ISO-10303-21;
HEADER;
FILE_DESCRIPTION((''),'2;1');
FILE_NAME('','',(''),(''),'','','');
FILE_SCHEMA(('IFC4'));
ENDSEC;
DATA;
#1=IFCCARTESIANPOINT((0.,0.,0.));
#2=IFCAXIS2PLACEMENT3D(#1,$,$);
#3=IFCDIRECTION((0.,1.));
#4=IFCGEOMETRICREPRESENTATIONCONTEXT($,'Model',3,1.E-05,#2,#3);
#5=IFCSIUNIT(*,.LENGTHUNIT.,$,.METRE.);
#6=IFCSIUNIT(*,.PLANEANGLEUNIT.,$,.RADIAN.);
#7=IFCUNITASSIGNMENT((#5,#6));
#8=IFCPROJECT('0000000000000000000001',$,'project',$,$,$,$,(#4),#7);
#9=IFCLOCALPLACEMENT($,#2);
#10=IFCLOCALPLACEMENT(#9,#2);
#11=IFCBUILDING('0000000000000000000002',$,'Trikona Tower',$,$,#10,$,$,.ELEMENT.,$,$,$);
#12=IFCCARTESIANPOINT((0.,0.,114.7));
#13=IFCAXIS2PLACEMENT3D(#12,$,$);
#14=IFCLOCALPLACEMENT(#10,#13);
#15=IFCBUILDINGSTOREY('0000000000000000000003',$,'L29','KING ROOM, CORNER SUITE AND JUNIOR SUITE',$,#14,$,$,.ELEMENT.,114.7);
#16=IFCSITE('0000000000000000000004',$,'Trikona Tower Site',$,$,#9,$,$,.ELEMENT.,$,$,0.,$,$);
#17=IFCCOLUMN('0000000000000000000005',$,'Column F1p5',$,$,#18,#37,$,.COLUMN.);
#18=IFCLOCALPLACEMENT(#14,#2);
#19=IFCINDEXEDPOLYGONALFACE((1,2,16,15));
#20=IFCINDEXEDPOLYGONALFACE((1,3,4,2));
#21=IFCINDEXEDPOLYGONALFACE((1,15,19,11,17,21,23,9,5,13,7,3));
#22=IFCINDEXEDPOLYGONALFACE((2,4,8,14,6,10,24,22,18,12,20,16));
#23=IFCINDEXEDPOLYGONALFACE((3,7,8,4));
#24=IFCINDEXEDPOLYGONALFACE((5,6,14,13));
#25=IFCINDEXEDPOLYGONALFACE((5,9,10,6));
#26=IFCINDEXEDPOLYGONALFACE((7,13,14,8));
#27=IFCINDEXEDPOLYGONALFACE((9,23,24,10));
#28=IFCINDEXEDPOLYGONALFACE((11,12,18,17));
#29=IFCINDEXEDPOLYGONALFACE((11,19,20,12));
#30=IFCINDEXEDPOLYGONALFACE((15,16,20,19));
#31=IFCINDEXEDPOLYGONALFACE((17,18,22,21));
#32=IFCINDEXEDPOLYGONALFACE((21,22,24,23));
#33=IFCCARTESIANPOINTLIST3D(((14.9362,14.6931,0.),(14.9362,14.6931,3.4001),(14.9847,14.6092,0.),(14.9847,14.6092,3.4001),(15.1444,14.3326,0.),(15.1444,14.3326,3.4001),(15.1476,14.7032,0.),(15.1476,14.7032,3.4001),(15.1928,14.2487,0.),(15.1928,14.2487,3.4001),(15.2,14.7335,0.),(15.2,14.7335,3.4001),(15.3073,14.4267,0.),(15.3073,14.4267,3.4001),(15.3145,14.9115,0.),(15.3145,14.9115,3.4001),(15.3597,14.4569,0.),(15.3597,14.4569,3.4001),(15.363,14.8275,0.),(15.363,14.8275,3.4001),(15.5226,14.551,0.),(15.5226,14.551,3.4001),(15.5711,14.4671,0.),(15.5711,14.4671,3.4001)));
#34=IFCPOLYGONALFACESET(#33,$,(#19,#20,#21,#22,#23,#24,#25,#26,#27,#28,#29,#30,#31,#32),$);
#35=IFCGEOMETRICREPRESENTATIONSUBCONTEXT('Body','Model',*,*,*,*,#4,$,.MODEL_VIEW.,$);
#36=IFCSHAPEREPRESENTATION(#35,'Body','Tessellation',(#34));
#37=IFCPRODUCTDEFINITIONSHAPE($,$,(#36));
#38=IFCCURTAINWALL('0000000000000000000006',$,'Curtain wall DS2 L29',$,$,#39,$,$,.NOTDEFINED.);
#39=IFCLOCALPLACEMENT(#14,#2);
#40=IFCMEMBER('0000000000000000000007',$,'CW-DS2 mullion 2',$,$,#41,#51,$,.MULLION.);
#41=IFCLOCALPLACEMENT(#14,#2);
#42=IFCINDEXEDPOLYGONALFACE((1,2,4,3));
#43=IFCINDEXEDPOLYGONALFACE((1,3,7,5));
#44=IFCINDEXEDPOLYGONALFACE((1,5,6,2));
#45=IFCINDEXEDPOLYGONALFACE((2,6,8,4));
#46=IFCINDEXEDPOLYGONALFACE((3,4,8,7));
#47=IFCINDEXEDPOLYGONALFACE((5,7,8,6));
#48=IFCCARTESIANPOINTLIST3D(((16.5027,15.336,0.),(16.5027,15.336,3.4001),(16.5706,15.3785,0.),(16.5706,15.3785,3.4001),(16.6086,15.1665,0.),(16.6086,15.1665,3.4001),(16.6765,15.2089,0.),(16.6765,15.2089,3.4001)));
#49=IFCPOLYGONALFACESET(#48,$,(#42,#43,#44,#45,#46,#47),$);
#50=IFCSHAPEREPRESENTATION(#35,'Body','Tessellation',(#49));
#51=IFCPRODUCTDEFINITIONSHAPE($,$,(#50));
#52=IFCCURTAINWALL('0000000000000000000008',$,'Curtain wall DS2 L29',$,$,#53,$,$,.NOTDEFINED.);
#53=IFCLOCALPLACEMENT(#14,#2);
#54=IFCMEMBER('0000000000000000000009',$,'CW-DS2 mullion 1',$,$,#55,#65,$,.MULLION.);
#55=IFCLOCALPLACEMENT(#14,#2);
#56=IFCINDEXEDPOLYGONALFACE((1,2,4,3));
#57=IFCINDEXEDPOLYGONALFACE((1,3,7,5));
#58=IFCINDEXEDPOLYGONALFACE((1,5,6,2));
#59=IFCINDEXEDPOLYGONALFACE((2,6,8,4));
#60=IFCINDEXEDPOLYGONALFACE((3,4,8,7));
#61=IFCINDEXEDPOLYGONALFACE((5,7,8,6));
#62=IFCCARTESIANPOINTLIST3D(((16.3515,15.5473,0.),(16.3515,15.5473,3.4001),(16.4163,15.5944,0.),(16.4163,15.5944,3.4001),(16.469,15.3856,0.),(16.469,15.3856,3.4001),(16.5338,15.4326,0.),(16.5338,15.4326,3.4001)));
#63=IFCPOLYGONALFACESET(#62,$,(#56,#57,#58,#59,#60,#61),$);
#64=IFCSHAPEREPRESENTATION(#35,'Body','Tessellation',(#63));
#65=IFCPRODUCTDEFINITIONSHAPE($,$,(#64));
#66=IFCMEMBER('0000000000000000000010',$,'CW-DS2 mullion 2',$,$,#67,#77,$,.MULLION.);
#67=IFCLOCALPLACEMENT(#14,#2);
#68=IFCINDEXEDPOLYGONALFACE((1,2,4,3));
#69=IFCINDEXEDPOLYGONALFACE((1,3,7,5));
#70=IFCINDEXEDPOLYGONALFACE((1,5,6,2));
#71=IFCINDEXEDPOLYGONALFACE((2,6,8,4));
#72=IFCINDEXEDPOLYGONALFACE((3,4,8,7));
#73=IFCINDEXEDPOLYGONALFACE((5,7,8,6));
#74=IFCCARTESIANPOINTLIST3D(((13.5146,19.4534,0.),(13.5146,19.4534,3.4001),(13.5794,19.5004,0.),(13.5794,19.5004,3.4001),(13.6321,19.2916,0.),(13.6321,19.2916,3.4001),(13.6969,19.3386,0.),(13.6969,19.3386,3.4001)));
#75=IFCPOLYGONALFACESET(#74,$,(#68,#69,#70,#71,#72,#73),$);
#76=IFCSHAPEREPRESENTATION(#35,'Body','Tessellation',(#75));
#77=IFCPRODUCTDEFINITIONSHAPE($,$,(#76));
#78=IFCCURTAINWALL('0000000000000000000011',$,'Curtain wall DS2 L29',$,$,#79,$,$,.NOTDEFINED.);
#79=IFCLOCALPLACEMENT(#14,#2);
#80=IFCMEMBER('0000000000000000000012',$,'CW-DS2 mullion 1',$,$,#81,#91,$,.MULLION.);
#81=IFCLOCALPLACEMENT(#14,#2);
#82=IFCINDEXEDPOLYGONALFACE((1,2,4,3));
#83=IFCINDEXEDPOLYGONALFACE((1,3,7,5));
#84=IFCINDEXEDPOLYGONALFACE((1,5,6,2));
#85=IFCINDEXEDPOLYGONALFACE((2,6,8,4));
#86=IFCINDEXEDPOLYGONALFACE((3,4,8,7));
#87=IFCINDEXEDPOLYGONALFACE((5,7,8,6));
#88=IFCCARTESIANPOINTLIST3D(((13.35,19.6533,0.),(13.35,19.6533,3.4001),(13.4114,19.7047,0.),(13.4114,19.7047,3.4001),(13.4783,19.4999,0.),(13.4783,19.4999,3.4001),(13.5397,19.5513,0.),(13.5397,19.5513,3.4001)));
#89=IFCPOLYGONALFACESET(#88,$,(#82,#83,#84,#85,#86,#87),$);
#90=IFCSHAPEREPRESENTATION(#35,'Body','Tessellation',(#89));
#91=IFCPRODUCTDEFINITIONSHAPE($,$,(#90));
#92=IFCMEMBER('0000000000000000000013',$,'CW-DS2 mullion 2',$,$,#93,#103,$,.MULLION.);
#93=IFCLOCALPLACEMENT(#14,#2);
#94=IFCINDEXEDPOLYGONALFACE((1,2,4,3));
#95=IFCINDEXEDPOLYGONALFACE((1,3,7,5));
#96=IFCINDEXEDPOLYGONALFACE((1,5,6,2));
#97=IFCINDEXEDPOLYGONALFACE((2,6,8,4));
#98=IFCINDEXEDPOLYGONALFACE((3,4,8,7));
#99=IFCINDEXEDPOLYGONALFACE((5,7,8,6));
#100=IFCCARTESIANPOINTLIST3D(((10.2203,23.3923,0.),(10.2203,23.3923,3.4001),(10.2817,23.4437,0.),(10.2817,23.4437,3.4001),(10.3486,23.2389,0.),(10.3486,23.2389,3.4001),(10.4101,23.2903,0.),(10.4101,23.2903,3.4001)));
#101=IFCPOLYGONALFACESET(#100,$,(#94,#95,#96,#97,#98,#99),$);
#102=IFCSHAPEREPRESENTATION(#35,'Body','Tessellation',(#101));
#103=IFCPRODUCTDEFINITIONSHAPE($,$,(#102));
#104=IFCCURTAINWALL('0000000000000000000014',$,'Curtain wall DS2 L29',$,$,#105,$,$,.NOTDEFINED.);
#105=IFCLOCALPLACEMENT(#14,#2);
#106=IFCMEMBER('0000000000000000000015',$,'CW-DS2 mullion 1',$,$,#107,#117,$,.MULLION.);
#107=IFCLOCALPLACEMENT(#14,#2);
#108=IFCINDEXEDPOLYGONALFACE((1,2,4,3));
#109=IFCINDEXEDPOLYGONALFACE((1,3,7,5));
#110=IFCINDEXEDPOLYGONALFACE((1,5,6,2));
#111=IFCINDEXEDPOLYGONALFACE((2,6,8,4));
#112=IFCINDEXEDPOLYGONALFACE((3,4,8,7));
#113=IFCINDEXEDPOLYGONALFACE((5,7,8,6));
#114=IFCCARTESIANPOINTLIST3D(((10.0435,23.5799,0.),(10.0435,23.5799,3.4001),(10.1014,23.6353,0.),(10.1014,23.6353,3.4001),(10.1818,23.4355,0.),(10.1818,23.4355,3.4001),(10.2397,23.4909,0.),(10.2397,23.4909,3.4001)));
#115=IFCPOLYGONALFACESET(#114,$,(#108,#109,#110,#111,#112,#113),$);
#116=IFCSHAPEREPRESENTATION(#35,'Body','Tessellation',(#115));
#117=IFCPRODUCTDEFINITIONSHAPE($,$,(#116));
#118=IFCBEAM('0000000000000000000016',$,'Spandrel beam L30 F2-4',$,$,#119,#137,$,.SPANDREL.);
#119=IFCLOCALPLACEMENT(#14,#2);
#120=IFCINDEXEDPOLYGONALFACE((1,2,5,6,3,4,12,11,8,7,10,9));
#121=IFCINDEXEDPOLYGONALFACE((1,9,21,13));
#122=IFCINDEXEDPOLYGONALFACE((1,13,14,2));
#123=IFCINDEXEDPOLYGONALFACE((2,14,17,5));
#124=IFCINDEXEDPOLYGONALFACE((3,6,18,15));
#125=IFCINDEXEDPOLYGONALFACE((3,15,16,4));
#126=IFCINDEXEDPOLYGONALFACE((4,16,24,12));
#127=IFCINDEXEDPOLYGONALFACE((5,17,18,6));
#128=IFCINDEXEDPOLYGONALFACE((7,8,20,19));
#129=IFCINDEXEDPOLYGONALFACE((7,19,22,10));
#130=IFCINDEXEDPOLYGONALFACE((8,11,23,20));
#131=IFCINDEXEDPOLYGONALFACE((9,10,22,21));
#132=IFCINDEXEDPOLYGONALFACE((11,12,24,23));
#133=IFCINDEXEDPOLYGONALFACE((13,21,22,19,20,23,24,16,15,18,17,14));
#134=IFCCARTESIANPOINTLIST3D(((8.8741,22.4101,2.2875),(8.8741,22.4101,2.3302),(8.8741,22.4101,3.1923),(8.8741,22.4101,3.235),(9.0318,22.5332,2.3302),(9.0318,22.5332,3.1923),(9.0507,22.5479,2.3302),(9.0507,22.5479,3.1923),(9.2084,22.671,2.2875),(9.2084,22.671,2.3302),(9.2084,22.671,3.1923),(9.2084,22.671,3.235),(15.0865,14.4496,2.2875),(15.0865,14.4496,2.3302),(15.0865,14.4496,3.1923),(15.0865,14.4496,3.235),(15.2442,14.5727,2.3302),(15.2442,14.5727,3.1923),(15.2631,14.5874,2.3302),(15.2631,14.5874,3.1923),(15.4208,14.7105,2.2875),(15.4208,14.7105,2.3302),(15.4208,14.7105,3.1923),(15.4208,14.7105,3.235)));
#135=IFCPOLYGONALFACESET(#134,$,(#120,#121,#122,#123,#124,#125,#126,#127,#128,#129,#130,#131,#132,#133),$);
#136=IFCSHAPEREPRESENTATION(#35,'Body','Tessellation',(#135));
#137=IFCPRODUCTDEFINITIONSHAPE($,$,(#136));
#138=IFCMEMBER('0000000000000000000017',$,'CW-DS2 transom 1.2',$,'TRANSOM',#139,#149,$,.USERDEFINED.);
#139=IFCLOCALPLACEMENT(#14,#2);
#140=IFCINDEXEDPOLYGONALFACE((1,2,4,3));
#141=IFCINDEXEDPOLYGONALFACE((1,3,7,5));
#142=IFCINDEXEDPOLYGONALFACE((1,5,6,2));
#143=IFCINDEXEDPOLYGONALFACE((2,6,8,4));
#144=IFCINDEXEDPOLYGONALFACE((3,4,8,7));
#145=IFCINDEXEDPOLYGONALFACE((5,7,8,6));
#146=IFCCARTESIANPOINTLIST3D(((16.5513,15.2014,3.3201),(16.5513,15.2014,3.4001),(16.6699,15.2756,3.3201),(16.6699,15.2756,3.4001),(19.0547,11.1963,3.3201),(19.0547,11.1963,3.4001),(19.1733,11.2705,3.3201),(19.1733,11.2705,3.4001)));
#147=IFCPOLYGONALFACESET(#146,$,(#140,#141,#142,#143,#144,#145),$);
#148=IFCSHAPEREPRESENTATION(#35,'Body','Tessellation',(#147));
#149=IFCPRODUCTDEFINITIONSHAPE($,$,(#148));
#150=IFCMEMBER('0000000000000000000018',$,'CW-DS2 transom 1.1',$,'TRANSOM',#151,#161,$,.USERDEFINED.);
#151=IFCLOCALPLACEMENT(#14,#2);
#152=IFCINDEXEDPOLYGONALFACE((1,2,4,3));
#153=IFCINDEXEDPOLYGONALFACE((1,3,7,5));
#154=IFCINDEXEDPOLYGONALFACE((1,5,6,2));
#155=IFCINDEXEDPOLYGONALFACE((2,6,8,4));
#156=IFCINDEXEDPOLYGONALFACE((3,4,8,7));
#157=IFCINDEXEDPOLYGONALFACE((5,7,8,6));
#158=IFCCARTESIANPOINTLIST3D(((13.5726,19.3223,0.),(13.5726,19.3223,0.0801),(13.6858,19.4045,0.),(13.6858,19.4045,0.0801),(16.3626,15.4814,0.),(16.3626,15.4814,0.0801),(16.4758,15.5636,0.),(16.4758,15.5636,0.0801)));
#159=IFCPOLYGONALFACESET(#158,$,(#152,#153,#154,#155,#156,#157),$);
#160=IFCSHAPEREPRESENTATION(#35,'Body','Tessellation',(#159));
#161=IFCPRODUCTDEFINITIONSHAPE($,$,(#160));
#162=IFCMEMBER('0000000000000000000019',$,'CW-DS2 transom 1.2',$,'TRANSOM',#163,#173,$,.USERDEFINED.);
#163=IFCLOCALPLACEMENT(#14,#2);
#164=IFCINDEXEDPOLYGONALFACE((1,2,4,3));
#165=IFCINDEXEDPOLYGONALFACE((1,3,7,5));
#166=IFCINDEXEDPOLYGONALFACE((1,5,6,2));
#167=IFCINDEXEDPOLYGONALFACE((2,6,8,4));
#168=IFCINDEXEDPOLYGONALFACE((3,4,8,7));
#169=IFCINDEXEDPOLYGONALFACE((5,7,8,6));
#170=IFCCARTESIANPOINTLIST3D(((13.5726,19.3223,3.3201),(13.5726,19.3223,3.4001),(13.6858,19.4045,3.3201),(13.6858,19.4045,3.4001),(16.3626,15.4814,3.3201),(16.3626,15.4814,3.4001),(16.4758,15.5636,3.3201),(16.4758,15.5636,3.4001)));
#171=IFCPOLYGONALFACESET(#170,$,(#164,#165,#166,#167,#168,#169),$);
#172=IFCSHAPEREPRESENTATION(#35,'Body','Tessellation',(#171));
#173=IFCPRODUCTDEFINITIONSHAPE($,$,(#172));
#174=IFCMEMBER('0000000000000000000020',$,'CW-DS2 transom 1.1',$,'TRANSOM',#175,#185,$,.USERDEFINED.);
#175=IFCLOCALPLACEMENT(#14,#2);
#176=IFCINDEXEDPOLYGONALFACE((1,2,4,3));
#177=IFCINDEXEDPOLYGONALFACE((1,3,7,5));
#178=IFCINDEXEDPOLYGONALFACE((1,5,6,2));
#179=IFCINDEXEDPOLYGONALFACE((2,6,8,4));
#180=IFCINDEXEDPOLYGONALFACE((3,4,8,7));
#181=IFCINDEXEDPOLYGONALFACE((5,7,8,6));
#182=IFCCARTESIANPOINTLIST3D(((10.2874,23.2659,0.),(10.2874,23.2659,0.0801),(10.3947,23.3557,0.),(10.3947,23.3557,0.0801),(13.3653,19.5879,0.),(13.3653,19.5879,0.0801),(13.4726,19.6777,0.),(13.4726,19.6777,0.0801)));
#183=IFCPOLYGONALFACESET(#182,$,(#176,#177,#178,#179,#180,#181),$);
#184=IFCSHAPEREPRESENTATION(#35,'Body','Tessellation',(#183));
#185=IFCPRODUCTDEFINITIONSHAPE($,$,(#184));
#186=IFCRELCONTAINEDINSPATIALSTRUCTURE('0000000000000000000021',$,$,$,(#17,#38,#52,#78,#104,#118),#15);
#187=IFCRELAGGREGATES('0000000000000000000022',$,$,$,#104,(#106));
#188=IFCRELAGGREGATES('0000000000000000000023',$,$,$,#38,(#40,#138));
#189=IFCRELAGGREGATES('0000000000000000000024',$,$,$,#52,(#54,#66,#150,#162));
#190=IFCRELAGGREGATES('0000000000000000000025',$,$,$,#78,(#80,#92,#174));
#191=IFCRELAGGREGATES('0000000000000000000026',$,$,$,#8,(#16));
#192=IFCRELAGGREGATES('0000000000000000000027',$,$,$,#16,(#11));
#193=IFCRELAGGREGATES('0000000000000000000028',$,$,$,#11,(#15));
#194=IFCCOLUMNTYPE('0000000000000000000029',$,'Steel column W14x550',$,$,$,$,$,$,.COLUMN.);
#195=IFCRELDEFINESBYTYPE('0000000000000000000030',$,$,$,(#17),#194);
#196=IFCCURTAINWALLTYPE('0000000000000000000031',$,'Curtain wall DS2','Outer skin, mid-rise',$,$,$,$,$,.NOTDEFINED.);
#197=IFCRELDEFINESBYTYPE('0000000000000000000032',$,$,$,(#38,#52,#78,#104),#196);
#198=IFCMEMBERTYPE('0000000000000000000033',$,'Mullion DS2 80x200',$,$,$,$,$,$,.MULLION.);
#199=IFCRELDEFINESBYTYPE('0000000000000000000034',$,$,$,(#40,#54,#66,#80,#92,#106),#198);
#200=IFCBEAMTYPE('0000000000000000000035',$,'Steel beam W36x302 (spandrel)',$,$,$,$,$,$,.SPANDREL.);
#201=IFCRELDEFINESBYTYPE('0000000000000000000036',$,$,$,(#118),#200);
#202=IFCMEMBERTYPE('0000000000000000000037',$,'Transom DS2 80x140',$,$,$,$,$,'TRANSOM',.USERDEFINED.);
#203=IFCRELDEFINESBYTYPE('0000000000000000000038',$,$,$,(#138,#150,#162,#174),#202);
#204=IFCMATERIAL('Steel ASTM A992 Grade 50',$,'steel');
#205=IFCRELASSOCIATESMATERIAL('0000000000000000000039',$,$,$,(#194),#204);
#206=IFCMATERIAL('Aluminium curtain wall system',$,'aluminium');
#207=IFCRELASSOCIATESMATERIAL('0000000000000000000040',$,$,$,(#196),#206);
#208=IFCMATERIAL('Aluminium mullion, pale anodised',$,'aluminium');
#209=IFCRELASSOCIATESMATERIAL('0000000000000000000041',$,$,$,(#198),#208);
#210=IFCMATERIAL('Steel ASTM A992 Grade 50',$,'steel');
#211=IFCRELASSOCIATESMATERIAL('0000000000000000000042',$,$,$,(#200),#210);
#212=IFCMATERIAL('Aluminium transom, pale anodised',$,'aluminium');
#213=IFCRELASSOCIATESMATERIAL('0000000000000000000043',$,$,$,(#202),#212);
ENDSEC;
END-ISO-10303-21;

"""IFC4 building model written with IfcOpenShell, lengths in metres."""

from ifc_helpers import new_model, si_unit, direction, frame, origin, origin_2d, place, context, subcontext, project, spatial, rectangle, i_section, extrude, material, material_profile, profile_set, type_object, element, aggregate, save


model = new_model("IFC4")

# Units and contexts
model_context = context("Model", 3, precision=1e-05, world=origin(), true_north=direction((0.0, 1.0)))
body_context = subcontext(model_context, "Body", "Model", "MODEL_VIEW")
ifc_project = project(units=[si_unit("LENGTHUNIT", "METRE"), si_unit("PLANEANGLEUNIT", "RADIAN")], contexts=[model_context])

# Site, building, storey
site_placement = place(None, origin())
site = spatial("IfcSite", under=ifc_project, at=site_placement, Name="Trikona Tower Site", CompositionType="ELEMENT", RefElevation=0.0)
building_placement = place(site_placement, origin())
building = spatial("IfcBuilding", under=site, at=building_placement, Name="Trikona Tower", CompositionType="ELEMENT")
storey_placement = place(building_placement, frame((0.0, 0.0, 114.7)))
storey = spatial("IfcBuildingStorey", under=building, at=storey_placement, Name="L29", Description="KING ROOM, CORNER SUITE AND JUNIOR SUITE", CompositionType="ELEMENT", Elevation=114.7)

# Column
ifc_material_1 = material(Name="Steel ASTM A992 Grade 50", Category="steel")
ifc_material_profile_1 = material_profile(ifc_material_1, i_section(OverallWidth=0.4368, OverallDepth=0.5132, WebThickness=0.0605, FlangeThickness=0.0969, at=origin_2d()), Name="W14X550")
ifc_profile_set_1 = profile_set([ifc_material_profile_1], Name="Steel ASTM A992 Grade 50")
column_type = type_object("IfcColumnType", Name="Steel column W14x550", PredefinedType="COLUMN", material=ifc_profile_set_1)
column_placement = place(storey_placement, frame((15.2537, 14.5801, 0.0), z_axis=(0.0, 0.0, 1.0), x_axis=(0.866025, 0.5, 0.0)))
element("IfcColumn", 1, at=column_placement, inside=storey, type_object=column_type, Name="Column F1p5", PredefinedType="COLUMN", context=body_context, shape_type="SweptSolid", body=[
    extrude(i_section(OverallWidth=0.4368, OverallDepth=0.5132, WebThickness=0.0605, FlangeThickness=0.0969, at=origin_2d()), origin(), (0.0, 0.0, 1.0), 3.4001),
])

# Curtain wall, member
ifc_material_2 = material(Name="Aluminium curtain wall system", Category="aluminium")
curtain_wall_type = type_object("IfcCurtainWallType", Name="Curtain wall DS2", Description="Outer skin, mid-rise", PredefinedType="NOTDEFINED", material=ifc_material_2)
curtain_wall_1_placement = place(storey_placement, origin())
curtain_wall_1 = element("IfcCurtainWall", 2, at=curtain_wall_1_placement, inside=storey, type_object=curtain_wall_type, Name="Curtain wall DS2 L29", PredefinedType="NOTDEFINED")
ifc_material_3 = material(Name="Aluminium mullion, pale anodised", Category="aluminium")
ifc_material_profile_2 = material_profile(ifc_material_3, rectangle(XDim=0.0801, YDim=0.2, at=origin_2d()), Name="MUL-DS2")
ifc_profile_set_2 = profile_set([ifc_material_profile_2], Name="Aluminium mullion, pale anodised")
member_type_1 = type_object("IfcMemberType", Name="Mullion DS2 80x200", PredefinedType="MULLION", material=ifc_profile_set_2)
member_1_placement = place(storey_placement, frame((16.5896, 15.2725, 0.0), z_axis=(0.0, 0.0, 1.0), x_axis=(-0.847998, -0.529999, 0.0)))
member_1 = element("IfcMember", 3, at=member_1_placement, type_object=member_type_1, Name="CW-DS2 mullion 2", PredefinedType="MULLION", context=body_context, shape_type="SweptSolid", body=[
    extrude(rectangle(XDim=0.0801, YDim=0.2, at=origin_2d()), origin(), (0.0, 0.0, 1.0), 3.4001),
])

# Curtain walls, members
curtain_wall_2_placement = place(storey_placement, origin())
curtain_wall_2 = element("IfcCurtainWall", 4, at=curtain_wall_2_placement, inside=storey, type_object=curtain_wall_type, Name="Curtain wall DS2 L29", PredefinedType="NOTDEFINED")
member_2_placement = place(storey_placement, frame((16.4426, 15.49, 0.0), z_axis=(0.0, 0.0, 1.0), x_axis=(-0.809086, -0.587691, 0.0)))
member_2 = element("IfcMember", 5, at=member_2_placement, type_object=member_type_1, Name="CW-DS2 mullion 1", PredefinedType="MULLION", context=body_context, shape_type="SweptSolid", body=[
    extrude(rectangle(XDim=0.0801, YDim=0.2, at=origin_2d()), origin(), (0.0, 0.0, 1.0), 3.4001),
])
member_3_placement = place(storey_placement, frame((13.6057, 19.396, 0.0), z_axis=(0.0, 0.0, 1.0), x_axis=(-0.809086, -0.587691, 0.0)))
member_3 = element("IfcMember", 6, at=member_3_placement, type_object=member_type_1, Name="CW-DS2 mullion 2", PredefinedType="MULLION", context=body_context, shape_type="SweptSolid", body=[
    extrude(rectangle(XDim=0.0801, YDim=0.2, at=origin_2d()), origin(), (0.0, 0.0, 1.0), 3.4001),
])
curtain_wall_3_placement = place(storey_placement, origin())
curtain_wall_3 = element("IfcCurtainWall", 7, at=curtain_wall_3_placement, inside=storey, type_object=curtain_wall_type, Name="Curtain wall DS2 L29", PredefinedType="NOTDEFINED")
member_4_placement = place(storey_placement, frame((13.4448, 19.6023, 0.0), z_axis=(0.0, 0.0, 1.0), x_axis=(-0.766867, -0.641806, 0.0)))
member_4 = element("IfcMember", 8, at=member_4_placement, type_object=member_type_1, Name="CW-DS2 mullion 1", PredefinedType="MULLION", context=body_context, shape_type="SweptSolid", body=[
    extrude(rectangle(XDim=0.0801, YDim=0.2, at=origin_2d()), origin(), (0.0, 0.0, 1.0), 3.4001),
])
member_5_placement = place(storey_placement, frame((10.3152, 23.3413, 0.0), z_axis=(0.0, 0.0, 1.0), x_axis=(-0.766867, -0.641806, 0.0)))
member_5 = element("IfcMember", 9, at=member_5_placement, type_object=member_type_1, Name="CW-DS2 mullion 2", PredefinedType="MULLION", context=body_context, shape_type="SweptSolid", body=[
    extrude(rectangle(XDim=0.0801, YDim=0.2, at=origin_2d()), origin(), (0.0, 0.0, 1.0), 3.4001),
])

# Curtain wall, member
curtain_wall_4_placement = place(storey_placement, origin())
curtain_wall_4 = element("IfcCurtainWall", 10, at=curtain_wall_4_placement, inside=storey, type_object=curtain_wall_type, Name="Curtain wall DS2 L29", PredefinedType="NOTDEFINED")
member_6_placement = place(storey_placement, frame((10.1416, 23.5354, 0.0), z_axis=(0.0, 0.0, 1.0), x_axis=(-0.722158, -0.691728, 0.0)))
member_6 = element("IfcMember", 11, at=member_6_placement, type_object=member_type_1, Name="CW-DS2 mullion 1", PredefinedType="MULLION", context=body_context, shape_type="SweptSolid", body=[
    extrude(rectangle(XDim=0.0801, YDim=0.2, at=origin_2d()), origin(), (0.0, 0.0, 1.0), 3.4001),
])
aggregate(curtain_wall_4, [member_6])

# Beam
ifc_material_4 = material(Name="Steel ASTM A992 Grade 50", Category="steel")
ifc_material_profile_3 = material_profile(ifc_material_4, i_section(OverallWidth=0.4241, OverallDepth=0.9475, WebThickness=0.0239, FlangeThickness=0.0427, at=origin_2d()), Name="W36X302")
ifc_profile_set_3 = profile_set([ifc_material_profile_3], Name="Steel ASTM A992 Grade 50")
beam_type = type_object("IfcBeamType", Name="Steel beam W36x302 (spandrel)", PredefinedType="SPANDREL", material=ifc_profile_set_3)
beam_placement = place(storey_placement, frame((15.2537, 14.5801, 2.7612), z_axis=(-0.615232, 0.788346, 0.0), x_axis=(-0.788346, -0.615232, 0.0)))
element("IfcBeam", 12, at=beam_placement, inside=storey, type_object=beam_type, Name="Spandrel beam L30 F2-4", PredefinedType="SPANDREL", context=body_context, shape_type="SweptSolid", body=[
    extrude(i_section(OverallWidth=0.4241, OverallDepth=0.9475, WebThickness=0.0239, FlangeThickness=0.0427, at=origin_2d()), origin(), (0.0, 0.0, 1.0), 10.0977),
])

# Members
ifc_material_5 = material(Name="Aluminium transom, pale anodised", Category="aluminium")
ifc_material_profile_4 = material_profile(ifc_material_5, rectangle(XDim=0.1399, YDim=0.0801, at=origin_2d()), Name="TRN-DS2")
ifc_profile_set_4 = profile_set([ifc_material_profile_4], Name="Aluminium transom, pale anodised")
member_type_2 = type_object("IfcMemberType", Name="Transom DS2 80x140", ElementType="TRANSOM", PredefinedType="USERDEFINED", material=ifc_profile_set_4)
member_7_placement = place(storey_placement, frame((19.114, 11.2334, 3.3601), z_axis=(-0.530031, 0.847978, 0.0), x_axis=(-0.847978, -0.530031, 0.0)))
member_7 = element("IfcMember", 13, at=member_7_placement, type_object=member_type_2, Name="CW-DS2 transom 1.2", ObjectType="TRANSOM", PredefinedType="USERDEFINED", context=body_context, shape_type="SweptSolid", body=[
    extrude(rectangle(XDim=0.1399, YDim=0.0801, at=origin_2d()), origin(), (0.0, 0.0, 1.0), 4.7231),
])
member_8_placement = place(storey_placement, frame((16.4192, 15.5225, 0.04), z_axis=(-0.587695, 0.809083, 0.0), x_axis=(-0.809083, -0.587695, 0.0)))
member_8 = element("IfcMember", 14, at=member_8_placement, type_object=member_type_2, Name="CW-DS2 transom 1.1", ObjectType="TRANSOM", PredefinedType="USERDEFINED", context=body_context, shape_type="SweptSolid", body=[
    extrude(rectangle(XDim=0.1399, YDim=0.0801, at=origin_2d()), origin(), (0.0, 0.0, 1.0), 4.7473),
])
member_9_placement = place(storey_placement, frame((16.4192, 15.5225, 3.3601), z_axis=(-0.587695, 0.809083, 0.0), x_axis=(-0.809083, -0.587695, 0.0)))
member_9 = element("IfcMember", 15, at=member_9_placement, type_object=member_type_2, Name="CW-DS2 transom 1.2", ObjectType="TRANSOM", PredefinedType="USERDEFINED", context=body_context, shape_type="SweptSolid", body=[
    extrude(rectangle(XDim=0.1399, YDim=0.0801, at=origin_2d()), origin(), (0.0, 0.0, 1.0), 4.7473),
])
member_10_placement = place(storey_placement, frame((13.4189, 19.6328, 0.04), z_axis=(-0.64177, 0.766897, 0.0), x_axis=(-0.766897, -0.64177, 0.0)))
member_10 = element("IfcMember", 16, at=member_10_placement, type_object=member_type_2, Name="CW-DS2 transom 1.1", ObjectType="TRANSOM", PredefinedType="USERDEFINED", context=body_context, shape_type="SweptSolid", body=[
    extrude(rectangle(XDim=0.1399, YDim=0.0801, at=origin_2d()), origin(), (0.0, 0.0, 1.0), 4.7959),
])

aggregate(curtain_wall_1, [member_1, member_7])
aggregate(curtain_wall_2, [member_2, member_3, member_8, member_9])
aggregate(curtain_wall_3, [member_4, member_5, member_10])

save(model, "model.ifc")
